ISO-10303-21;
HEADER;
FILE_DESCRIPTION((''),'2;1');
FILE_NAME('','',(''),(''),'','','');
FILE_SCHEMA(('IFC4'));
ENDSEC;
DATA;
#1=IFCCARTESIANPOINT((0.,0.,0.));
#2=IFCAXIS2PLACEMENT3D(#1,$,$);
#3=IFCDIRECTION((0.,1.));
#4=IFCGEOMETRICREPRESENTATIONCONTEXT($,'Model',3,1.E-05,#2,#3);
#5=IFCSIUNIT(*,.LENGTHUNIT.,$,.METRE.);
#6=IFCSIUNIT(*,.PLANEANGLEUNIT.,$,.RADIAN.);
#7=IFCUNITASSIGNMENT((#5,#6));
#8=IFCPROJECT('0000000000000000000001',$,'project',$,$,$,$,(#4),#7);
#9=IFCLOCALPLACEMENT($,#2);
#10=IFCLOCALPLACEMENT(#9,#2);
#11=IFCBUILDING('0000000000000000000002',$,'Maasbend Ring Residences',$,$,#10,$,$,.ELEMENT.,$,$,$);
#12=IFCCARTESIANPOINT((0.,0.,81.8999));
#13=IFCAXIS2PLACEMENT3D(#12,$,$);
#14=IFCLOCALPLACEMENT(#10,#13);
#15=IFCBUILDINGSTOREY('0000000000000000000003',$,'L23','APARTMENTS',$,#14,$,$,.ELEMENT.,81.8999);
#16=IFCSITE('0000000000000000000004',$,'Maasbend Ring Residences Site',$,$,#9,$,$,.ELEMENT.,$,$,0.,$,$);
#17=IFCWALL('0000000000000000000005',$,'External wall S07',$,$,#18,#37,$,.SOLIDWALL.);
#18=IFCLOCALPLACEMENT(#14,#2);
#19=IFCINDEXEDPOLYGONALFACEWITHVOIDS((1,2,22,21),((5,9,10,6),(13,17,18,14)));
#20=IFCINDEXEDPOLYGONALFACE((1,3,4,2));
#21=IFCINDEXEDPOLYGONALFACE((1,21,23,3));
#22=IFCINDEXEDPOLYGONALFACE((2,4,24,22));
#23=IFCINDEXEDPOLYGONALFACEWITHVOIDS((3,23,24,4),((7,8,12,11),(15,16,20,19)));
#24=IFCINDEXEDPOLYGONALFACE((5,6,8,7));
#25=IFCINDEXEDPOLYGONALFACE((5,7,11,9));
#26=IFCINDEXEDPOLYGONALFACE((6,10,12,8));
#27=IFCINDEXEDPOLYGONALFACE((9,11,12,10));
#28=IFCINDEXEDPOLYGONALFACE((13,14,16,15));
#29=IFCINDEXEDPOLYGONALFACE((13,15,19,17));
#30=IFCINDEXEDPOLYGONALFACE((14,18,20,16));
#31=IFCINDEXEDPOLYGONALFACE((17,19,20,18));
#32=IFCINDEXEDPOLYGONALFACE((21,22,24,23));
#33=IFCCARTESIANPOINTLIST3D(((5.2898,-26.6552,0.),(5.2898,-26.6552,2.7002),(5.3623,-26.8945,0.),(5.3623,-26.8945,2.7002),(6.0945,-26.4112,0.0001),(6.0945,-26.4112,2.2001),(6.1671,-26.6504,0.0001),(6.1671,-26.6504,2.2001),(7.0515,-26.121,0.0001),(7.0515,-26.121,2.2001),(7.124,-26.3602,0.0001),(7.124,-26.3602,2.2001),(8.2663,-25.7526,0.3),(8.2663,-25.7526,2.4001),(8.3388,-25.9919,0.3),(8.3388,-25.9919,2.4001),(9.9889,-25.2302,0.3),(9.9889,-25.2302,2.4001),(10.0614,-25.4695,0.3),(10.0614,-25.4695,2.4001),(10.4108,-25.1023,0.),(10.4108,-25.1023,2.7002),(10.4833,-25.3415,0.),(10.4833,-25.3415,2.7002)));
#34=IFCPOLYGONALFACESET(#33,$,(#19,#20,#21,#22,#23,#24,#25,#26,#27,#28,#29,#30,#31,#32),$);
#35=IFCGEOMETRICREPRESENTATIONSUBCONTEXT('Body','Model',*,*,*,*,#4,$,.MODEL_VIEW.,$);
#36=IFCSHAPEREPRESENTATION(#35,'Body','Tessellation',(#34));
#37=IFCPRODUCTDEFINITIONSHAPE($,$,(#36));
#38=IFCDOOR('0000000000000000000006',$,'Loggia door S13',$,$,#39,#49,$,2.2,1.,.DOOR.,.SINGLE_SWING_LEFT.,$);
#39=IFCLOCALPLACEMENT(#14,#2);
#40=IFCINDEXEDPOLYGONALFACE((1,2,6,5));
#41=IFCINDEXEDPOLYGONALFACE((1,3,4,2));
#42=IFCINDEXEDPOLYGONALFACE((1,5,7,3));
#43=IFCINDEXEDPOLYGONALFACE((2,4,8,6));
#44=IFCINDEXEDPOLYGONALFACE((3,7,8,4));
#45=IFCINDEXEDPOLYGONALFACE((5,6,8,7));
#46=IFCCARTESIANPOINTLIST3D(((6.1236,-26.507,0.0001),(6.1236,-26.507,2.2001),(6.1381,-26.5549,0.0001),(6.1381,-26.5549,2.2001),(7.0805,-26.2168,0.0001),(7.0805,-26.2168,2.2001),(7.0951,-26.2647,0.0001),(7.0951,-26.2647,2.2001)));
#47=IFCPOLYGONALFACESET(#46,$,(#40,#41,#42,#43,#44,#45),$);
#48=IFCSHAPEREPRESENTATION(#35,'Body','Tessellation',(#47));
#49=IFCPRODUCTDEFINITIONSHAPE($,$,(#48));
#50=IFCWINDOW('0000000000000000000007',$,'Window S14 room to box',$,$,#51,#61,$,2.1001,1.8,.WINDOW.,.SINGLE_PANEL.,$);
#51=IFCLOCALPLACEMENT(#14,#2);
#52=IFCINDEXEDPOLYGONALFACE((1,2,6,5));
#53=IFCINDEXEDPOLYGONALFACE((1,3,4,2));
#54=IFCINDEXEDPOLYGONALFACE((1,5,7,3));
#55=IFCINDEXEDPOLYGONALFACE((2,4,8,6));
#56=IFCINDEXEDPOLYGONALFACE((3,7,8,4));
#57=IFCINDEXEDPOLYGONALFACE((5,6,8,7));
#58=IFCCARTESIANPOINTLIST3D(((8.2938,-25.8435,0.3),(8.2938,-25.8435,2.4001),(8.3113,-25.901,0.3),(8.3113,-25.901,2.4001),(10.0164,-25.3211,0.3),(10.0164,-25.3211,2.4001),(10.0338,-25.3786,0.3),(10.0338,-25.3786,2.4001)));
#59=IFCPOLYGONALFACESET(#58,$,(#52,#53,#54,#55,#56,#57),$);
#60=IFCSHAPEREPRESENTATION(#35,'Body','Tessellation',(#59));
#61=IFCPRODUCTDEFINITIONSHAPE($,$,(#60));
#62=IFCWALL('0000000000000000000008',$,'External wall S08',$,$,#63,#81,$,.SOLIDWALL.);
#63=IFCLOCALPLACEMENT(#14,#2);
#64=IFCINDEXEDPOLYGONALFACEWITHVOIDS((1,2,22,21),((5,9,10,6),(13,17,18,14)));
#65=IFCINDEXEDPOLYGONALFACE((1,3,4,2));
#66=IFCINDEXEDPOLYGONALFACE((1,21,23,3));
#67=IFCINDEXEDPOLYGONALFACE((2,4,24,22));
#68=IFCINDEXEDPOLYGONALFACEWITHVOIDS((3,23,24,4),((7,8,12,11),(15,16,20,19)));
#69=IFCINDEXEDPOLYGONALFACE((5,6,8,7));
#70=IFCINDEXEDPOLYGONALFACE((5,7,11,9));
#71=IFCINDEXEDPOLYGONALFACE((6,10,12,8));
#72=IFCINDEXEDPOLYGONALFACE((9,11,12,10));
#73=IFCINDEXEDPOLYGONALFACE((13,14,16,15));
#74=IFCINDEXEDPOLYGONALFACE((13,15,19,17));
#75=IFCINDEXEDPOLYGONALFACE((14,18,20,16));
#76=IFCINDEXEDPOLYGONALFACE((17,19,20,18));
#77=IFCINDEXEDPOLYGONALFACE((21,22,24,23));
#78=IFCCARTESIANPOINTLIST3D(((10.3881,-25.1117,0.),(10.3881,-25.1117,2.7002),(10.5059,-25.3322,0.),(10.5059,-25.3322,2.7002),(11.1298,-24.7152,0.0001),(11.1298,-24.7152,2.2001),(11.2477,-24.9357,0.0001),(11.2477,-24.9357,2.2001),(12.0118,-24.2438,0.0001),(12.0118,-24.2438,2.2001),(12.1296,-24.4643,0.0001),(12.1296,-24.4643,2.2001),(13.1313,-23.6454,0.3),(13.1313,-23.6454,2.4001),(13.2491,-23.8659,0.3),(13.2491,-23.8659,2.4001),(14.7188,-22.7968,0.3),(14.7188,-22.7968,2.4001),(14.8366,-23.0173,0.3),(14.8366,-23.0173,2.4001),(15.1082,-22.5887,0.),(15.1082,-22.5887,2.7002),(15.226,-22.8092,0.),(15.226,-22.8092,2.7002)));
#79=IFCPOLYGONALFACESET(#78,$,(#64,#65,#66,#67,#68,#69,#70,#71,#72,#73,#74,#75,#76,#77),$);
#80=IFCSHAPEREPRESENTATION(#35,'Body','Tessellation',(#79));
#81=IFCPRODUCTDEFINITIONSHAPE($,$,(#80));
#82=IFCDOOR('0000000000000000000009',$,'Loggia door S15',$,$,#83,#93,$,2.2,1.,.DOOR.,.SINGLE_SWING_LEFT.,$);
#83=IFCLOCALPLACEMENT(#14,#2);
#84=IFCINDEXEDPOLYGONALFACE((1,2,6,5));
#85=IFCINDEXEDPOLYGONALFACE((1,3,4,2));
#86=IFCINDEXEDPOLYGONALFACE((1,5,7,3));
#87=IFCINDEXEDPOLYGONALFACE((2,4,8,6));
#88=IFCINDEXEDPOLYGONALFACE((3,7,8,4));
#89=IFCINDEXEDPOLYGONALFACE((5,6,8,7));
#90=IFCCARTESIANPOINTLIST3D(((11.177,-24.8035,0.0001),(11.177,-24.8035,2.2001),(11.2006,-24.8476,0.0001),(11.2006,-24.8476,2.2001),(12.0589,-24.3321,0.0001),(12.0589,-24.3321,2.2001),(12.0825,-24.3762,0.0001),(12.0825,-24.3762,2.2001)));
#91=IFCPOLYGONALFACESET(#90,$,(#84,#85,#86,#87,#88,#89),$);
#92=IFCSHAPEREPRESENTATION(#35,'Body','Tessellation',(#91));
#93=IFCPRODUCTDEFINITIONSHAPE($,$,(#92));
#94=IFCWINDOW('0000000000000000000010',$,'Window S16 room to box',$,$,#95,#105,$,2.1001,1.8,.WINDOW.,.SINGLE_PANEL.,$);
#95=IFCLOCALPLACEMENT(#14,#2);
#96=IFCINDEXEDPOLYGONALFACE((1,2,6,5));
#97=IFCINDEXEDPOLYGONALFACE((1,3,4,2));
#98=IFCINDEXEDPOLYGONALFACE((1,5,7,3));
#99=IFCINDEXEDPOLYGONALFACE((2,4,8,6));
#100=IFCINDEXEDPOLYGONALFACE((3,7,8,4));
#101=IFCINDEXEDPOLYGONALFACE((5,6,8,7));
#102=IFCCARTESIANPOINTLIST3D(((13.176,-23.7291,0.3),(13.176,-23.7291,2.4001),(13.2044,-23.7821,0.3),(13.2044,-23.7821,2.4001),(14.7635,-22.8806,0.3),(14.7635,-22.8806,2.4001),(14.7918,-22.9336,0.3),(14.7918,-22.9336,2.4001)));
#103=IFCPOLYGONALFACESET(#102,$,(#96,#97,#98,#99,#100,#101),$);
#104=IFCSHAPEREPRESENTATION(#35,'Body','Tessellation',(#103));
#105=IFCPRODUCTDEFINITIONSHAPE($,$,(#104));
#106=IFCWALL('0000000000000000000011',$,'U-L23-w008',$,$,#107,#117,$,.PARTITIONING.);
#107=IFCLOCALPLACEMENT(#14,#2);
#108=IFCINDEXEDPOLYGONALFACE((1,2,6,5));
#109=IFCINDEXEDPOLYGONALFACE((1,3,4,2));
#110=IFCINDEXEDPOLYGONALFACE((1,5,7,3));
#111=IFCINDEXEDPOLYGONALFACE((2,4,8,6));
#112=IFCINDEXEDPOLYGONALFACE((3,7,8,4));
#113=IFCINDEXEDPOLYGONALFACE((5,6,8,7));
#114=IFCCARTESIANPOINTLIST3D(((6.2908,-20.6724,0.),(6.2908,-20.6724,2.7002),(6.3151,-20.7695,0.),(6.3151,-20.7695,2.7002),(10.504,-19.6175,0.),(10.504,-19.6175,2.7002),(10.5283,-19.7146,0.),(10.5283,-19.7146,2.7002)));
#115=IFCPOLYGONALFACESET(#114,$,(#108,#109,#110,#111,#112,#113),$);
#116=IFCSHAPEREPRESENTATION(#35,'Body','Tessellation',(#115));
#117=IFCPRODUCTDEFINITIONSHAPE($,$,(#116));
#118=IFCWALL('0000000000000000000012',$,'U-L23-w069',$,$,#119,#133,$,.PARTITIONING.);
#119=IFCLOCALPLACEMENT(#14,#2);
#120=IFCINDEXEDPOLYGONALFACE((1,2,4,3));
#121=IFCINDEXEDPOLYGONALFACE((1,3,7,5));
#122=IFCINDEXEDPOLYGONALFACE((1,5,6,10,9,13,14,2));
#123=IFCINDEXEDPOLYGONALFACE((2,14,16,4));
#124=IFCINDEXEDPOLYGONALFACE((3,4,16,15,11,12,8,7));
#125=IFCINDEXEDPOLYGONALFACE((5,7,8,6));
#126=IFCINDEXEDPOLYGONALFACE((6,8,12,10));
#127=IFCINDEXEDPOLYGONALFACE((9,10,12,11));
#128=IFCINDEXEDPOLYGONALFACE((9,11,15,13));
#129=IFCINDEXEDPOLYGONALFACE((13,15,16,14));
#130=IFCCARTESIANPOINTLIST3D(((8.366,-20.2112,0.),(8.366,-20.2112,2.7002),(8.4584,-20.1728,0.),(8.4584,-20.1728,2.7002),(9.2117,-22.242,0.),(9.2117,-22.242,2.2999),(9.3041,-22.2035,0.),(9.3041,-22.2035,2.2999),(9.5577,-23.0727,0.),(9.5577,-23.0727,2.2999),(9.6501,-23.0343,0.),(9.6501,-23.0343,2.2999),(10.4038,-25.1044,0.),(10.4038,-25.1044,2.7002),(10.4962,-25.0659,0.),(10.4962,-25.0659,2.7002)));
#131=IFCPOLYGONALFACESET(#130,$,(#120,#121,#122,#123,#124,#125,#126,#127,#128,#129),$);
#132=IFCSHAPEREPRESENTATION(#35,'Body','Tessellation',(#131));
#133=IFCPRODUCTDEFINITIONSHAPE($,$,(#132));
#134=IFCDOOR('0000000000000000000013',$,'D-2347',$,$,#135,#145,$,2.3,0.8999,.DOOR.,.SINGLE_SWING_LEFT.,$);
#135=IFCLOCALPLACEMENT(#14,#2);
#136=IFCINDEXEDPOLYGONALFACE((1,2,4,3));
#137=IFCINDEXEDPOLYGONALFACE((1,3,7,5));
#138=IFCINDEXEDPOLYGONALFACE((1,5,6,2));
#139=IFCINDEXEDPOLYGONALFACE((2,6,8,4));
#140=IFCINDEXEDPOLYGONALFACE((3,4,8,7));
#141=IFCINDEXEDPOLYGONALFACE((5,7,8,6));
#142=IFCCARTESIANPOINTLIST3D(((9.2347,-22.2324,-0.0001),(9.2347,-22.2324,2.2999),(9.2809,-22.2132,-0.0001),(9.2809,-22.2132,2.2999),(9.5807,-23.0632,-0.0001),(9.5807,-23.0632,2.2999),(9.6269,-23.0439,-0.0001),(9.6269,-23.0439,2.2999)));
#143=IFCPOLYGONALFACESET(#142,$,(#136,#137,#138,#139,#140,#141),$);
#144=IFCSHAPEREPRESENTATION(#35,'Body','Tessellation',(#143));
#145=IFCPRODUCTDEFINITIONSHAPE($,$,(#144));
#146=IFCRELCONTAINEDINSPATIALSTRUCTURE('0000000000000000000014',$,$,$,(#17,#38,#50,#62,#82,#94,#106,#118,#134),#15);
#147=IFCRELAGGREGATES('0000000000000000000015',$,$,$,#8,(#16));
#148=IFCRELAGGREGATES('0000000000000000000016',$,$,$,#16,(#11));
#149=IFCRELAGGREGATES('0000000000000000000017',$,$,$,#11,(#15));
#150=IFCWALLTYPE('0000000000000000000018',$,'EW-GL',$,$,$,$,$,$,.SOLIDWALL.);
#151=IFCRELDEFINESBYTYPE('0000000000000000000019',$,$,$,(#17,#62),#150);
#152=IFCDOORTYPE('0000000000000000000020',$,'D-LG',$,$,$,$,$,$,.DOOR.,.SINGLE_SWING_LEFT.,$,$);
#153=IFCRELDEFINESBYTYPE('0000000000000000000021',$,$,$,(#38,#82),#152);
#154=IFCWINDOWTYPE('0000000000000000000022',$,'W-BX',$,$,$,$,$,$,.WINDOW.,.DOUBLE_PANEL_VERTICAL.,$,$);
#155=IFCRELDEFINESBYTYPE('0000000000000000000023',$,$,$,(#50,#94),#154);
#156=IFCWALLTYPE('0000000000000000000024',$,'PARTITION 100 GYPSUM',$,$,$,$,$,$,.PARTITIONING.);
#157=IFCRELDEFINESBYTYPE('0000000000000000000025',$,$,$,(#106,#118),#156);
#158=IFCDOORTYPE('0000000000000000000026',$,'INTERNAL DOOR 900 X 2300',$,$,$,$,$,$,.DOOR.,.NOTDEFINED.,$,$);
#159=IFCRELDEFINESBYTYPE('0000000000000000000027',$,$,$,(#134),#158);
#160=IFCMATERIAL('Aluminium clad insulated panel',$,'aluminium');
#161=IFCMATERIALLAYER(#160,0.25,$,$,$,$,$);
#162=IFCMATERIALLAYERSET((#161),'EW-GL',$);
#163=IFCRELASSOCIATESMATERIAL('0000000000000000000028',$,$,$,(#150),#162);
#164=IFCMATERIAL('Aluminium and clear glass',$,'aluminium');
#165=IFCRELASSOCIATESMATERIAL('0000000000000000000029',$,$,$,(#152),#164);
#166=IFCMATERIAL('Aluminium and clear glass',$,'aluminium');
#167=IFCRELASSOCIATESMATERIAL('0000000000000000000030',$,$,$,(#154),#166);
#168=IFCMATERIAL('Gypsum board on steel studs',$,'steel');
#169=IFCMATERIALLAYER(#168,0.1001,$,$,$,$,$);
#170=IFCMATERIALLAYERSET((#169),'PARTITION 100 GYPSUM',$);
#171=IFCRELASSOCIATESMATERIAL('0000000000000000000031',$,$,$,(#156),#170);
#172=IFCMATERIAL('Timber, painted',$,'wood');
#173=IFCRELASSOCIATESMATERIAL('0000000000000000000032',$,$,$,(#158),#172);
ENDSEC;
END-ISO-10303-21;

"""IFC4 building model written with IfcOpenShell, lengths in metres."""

from ifc_helpers import new_model, si_unit, direction, frame, frame_2d, origin, place, context, subcontext, project, spatial, rectangle, extrude, material, layer, layer_set, type_object, element, fill, save


model = new_model("IFC4")

# Units and contexts
model_context = context("Model", 3, precision=1e-05, world=origin(), true_north=direction((0.0, 1.0)))
body_context = subcontext(model_context, "Body", "Model", "MODEL_VIEW")
ifc_project = project(units=[si_unit("LENGTHUNIT", "METRE"), si_unit("PLANEANGLEUNIT", "RADIAN")], contexts=[model_context])

# Site, building, storey
site_placement = place(None, origin())
site = spatial("IfcSite", under=ifc_project, at=site_placement, Name="Maasbend Ring Residences Site", CompositionType="ELEMENT", RefElevation=0.0)
building_placement = place(site_placement, origin())
building = spatial("IfcBuilding", under=site, at=building_placement, Name="Maasbend Ring Residences", CompositionType="ELEMENT")
storey_placement = place(building_placement, frame((0.0, 0.0, 81.8999)))
storey = spatial("IfcBuildingStorey", under=building, at=storey_placement, Name="L23", Description="APARTMENTS", CompositionType="ELEMENT", Elevation=81.8999)

# Walls, openings, doors, windows
ifc_material_1 = material(Name="Aluminium clad insulated panel", Category="aluminium")
ifc_layer_1 = layer(ifc_material_1, 0.25)
ifc_layer_set_1 = layer_set([ifc_layer_1], Name="EW-GL")
wall_type_1 = type_object("IfcWallType", Name="EW-GL", PredefinedType="SOLIDWALL", material=ifc_layer_set_1)
wall_1_placement = place(storey_placement, frame((5.3259, -26.7749, 0.0), z_axis=(0.0, 0.0, 1.0), x_axis=(0.956966, 0.290201, 0.0)))
wall_1 = element("IfcWall", 1, at=wall_1_placement, inside=storey, type_object=wall_type_1, Name="External wall S07", PredefinedType="SOLIDWALL", context=body_context, shape_type="SweptSolid", body=[
    extrude(rectangle(XDim=5.3513, YDim=0.25, at=frame_2d((2.6758, 0.0))), origin(), (0.0, 0.0, 1.0), 2.7002),
])
opening_1_placement = place(wall_1_placement, frame((0.8411, 0.0, 0.0)))
opening_1 = element("IfcOpeningElement", 2, at=opening_1_placement, cuts=wall_1, PredefinedType="OPENING", context=body_context, shape_type="SweptSolid", body=[
    extrude(rectangle(XDim=1.0, YDim=2.2, at=frame_2d((0.5, 1.1001))), frame((0.0, 0.135, 0.0), z_axis=(0.0, -1.0, 0.0), x_axis=(1.0, 0.0, 0.0)), (0.0, 0.0, 1.0), 0.27),
])
opening_2_placement = place(wall_1_placement, frame((3.1106, 0.0, 0.3)))
opening_2 = element("IfcOpeningElement", 3, at=opening_2_placement, cuts=wall_1, PredefinedType="OPENING", context=body_context, shape_type="SweptSolid", body=[
    extrude(rectangle(XDim=1.8, YDim=2.1001, at=frame_2d((0.8999, 1.05))), frame((0.0, 0.135, 0.0), z_axis=(0.0, -1.0, 0.0), x_axis=(1.0, 0.0, 0.0)), (0.0, 0.0, 1.0), 0.27),
])
ifc_material_2 = material(Name="Aluminium and clear glass", Category="aluminium")
door_type_1 = type_object("IfcDoorType", Name="D-LG", OperationType="SINGLE_SWING_LEFT", PredefinedType="DOOR", material=ifc_material_2)
door_1_placement = place(opening_1_placement, origin())
door_1 = element("IfcDoor", 4, at=door_1_placement, inside=storey, type_object=door_type_1, Name="Loggia door S13", OperationType="SINGLE_SWING_LEFT", OverallHeight=2.2, OverallWidth=1.0, PredefinedType="DOOR", context=body_context, shape_type="SweptSolid", body=[
    extrude(rectangle(XDim=1.0, YDim=2.2, at=frame_2d((0.5, 1.1001))), frame((0.0, 0.0249, 0.0), z_axis=(0.0, -1.0, 0.0), x_axis=(1.0, 0.0, 0.0)), (0.0, 0.0, 1.0), 0.05),
])
fill(opening_1, door_1)
ifc_material_3 = material(Name="Aluminium and clear glass", Category="aluminium")
window_type_1 = type_object("IfcWindowType", Name="W-BX", PartitioningType="DOUBLE_PANEL_VERTICAL", PredefinedType="WINDOW", material=ifc_material_3)
window_1_placement = place(opening_2_placement, origin())
window_1 = element("IfcWindow", 5, at=window_1_placement, inside=storey, type_object=window_type_1, Name="Window S14 room to box", OverallHeight=2.1001, OverallWidth=1.8, PartitioningType="SINGLE_PANEL", PredefinedType="WINDOW", context=body_context, shape_type="SweptSolid", body=[
    extrude(rectangle(XDim=1.8, YDim=2.1001, at=frame_2d((0.8999, 1.05))), frame((0.0, 0.03, 0.0), z_axis=(0.0, -1.0, 0.0), x_axis=(1.0, 0.0, 0.0)), (0.0, 0.0, 1.0), 0.0601),
])
fill(opening_2, window_1)
wall_2_placement = place(storey_placement, frame((10.447, -25.2219, 0.0), z_axis=(0.0, 0.0, 1.0), x_axis=(0.881916, 0.471407, 0.0)))
wall_2 = element("IfcWall", 6, at=wall_2_placement, inside=storey, type_object=wall_type_1, Name="External wall S08", PredefinedType="SOLIDWALL", context=body_context, shape_type="SweptSolid", body=[
    extrude(rectangle(XDim=5.3521, YDim=0.25, at=frame_2d((2.676, 0.0))), origin(), (0.0, 0.0, 1.0), 2.7002),
])
opening_3_placement = place(wall_2_placement, frame((0.8411, 0.0, 0.0)))
opening_3 = element("IfcOpeningElement", 7, at=opening_3_placement, cuts=wall_2, PredefinedType="OPENING", context=body_context, shape_type="SweptSolid", body=[
    extrude(rectangle(XDim=1.0, YDim=2.2, at=frame_2d((0.5, 1.1001))), frame((0.0, 0.135, 0.0), z_axis=(0.0, -1.0, 0.0), x_axis=(1.0, 0.0, 0.0)), (0.0, 0.0, 1.0), 0.27),
])
opening_4_placement = place(wall_2_placement, frame((3.1106, 0.0, 0.3)))
opening_4 = element("IfcOpeningElement", 8, at=opening_4_placement, cuts=wall_2, PredefinedType="OPENING", context=body_context, shape_type="SweptSolid", body=[
    extrude(rectangle(XDim=1.8, YDim=2.1001, at=frame_2d((0.8999, 1.05))), frame((0.0, 0.135, 0.0), z_axis=(0.0, -1.0, 0.0), x_axis=(1.0, 0.0, 0.0)), (0.0, 0.0, 1.0), 0.27),
])
door_2_placement = place(opening_3_placement, origin())
door_2 = element("IfcDoor", 9, at=door_2_placement, inside=storey, type_object=door_type_1, Name="Loggia door S15", OperationType="SINGLE_SWING_LEFT", OverallHeight=2.2, OverallWidth=1.0, PredefinedType="DOOR", context=body_context, shape_type="SweptSolid", body=[
    extrude(rectangle(XDim=1.0, YDim=2.2, at=frame_2d((0.5, 1.1001))), frame((0.0, 0.0249, 0.0), z_axis=(0.0, -1.0, 0.0), x_axis=(1.0, 0.0, 0.0)), (0.0, 0.0, 1.0), 0.05),
])
fill(opening_3, door_2)
window_2_placement = place(opening_4_placement, origin())
window_2 = element("IfcWindow", 10, at=window_2_placement, inside=storey, type_object=window_type_1, Name="Window S16 room to box", OverallHeight=2.1001, OverallWidth=1.8, PartitioningType="SINGLE_PANEL", PredefinedType="WINDOW", context=body_context, shape_type="SweptSolid", body=[
    extrude(rectangle(XDim=1.8, YDim=2.1001, at=frame_2d((0.8999, 1.05))), frame((0.0, 0.03, 0.0), z_axis=(0.0, -1.0, 0.0), x_axis=(1.0, 0.0, 0.0)), (0.0, 0.0, 1.0), 0.0601),
])
fill(opening_4, window_2)

# Wall
ifc_material_4 = material(Name="Gypsum board on steel studs", Category="steel")
ifc_layer_2 = layer(ifc_material_4, 0.1001)
ifc_layer_set_2 = layer_set([ifc_layer_2], Name="PARTITION 100 GYPSUM")
wall_type_2 = type_object("IfcWallType", Name="PARTITION 100 GYPSUM", PredefinedType="PARTITIONING", material=ifc_layer_set_2)
wall_3_placement = place(storey_placement, frame((6.303, -20.7209, 0.0), z_axis=(0.0, 0.0, 1.0), x_axis=(0.970053, 0.242893, 0.0)))
element("IfcWall", 11, at=wall_3_placement, inside=storey, type_object=wall_type_2, Name="U-L23-w008", PredefinedType="PARTITIONING", context=body_context, shape_type="SweptSolid", body=[
    extrude(rectangle(XDim=4.3433, YDim=0.1001, at=frame_2d((2.1716, 0.0))), origin(), (0.0, 0.0, 1.0), 2.7002),
])

# Wall, opening, door
wall_4_placement = place(storey_placement, frame((8.4121, -20.1919, 0.0), z_axis=(0.0, 0.0, 1.0), x_axis=(0.384465, -0.92314, 0.0)))
wall_4 = element("IfcWall", 12, at=wall_4_placement, inside=storey, type_object=wall_type_2, Name="U-L23-w069", PredefinedType="PARTITIONING", context=body_context, shape_type="SweptSolid", body=[
    extrude(rectangle(XDim=5.3005, YDim=0.1001, at=frame_2d((2.6504, 0.0))), origin(), (0.0, 0.0, 1.0), 2.7002),
])
opening_5_placement = place(wall_4_placement, frame((2.2, 0.0, 0.0)))
opening_5 = element("IfcOpeningElement", 13, at=opening_5_placement, cuts=wall_4, PredefinedType="OPENING", context=body_context, shape_type="SweptSolid", body=[
    extrude(rectangle(XDim=0.8999, YDim=2.3, at=frame_2d((0.45, 1.1499))), frame((0.0, 0.0601, 0.0), z_axis=(0.0, -1.0, 0.0), x_axis=(1.0, 0.0, 0.0)), (0.0, 0.0, 1.0), 0.1201),
])
ifc_material_5 = material(Name="Timber, painted", Category="wood")
door_type_2 = type_object("IfcDoorType", Name="INTERNAL DOOR 900 X 2300", OperationType="NOTDEFINED", PredefinedType="DOOR", material=ifc_material_5)
door_3_placement = place(opening_5_placement, origin())
door_3 = element("IfcDoor", 14, at=door_3_placement, inside=storey, type_object=door_type_2, Name="D-2347", OperationType="SINGLE_SWING_LEFT", OverallHeight=2.3, OverallWidth=0.8999, PredefinedType="DOOR", context=body_context, shape_type="SweptSolid", body=[
    extrude(rectangle(XDim=0.8999, YDim=2.3, at=frame_2d((0.45, 1.1499))), frame((0.0, 0.0249, 0.0), z_axis=(0.0, -1.0, 0.0), x_axis=(1.0, 0.0, 0.0)), (0.0, 0.0, 1.0), 0.05),
])
fill(opening_5, door_3)

save(model, "model.ifc")
